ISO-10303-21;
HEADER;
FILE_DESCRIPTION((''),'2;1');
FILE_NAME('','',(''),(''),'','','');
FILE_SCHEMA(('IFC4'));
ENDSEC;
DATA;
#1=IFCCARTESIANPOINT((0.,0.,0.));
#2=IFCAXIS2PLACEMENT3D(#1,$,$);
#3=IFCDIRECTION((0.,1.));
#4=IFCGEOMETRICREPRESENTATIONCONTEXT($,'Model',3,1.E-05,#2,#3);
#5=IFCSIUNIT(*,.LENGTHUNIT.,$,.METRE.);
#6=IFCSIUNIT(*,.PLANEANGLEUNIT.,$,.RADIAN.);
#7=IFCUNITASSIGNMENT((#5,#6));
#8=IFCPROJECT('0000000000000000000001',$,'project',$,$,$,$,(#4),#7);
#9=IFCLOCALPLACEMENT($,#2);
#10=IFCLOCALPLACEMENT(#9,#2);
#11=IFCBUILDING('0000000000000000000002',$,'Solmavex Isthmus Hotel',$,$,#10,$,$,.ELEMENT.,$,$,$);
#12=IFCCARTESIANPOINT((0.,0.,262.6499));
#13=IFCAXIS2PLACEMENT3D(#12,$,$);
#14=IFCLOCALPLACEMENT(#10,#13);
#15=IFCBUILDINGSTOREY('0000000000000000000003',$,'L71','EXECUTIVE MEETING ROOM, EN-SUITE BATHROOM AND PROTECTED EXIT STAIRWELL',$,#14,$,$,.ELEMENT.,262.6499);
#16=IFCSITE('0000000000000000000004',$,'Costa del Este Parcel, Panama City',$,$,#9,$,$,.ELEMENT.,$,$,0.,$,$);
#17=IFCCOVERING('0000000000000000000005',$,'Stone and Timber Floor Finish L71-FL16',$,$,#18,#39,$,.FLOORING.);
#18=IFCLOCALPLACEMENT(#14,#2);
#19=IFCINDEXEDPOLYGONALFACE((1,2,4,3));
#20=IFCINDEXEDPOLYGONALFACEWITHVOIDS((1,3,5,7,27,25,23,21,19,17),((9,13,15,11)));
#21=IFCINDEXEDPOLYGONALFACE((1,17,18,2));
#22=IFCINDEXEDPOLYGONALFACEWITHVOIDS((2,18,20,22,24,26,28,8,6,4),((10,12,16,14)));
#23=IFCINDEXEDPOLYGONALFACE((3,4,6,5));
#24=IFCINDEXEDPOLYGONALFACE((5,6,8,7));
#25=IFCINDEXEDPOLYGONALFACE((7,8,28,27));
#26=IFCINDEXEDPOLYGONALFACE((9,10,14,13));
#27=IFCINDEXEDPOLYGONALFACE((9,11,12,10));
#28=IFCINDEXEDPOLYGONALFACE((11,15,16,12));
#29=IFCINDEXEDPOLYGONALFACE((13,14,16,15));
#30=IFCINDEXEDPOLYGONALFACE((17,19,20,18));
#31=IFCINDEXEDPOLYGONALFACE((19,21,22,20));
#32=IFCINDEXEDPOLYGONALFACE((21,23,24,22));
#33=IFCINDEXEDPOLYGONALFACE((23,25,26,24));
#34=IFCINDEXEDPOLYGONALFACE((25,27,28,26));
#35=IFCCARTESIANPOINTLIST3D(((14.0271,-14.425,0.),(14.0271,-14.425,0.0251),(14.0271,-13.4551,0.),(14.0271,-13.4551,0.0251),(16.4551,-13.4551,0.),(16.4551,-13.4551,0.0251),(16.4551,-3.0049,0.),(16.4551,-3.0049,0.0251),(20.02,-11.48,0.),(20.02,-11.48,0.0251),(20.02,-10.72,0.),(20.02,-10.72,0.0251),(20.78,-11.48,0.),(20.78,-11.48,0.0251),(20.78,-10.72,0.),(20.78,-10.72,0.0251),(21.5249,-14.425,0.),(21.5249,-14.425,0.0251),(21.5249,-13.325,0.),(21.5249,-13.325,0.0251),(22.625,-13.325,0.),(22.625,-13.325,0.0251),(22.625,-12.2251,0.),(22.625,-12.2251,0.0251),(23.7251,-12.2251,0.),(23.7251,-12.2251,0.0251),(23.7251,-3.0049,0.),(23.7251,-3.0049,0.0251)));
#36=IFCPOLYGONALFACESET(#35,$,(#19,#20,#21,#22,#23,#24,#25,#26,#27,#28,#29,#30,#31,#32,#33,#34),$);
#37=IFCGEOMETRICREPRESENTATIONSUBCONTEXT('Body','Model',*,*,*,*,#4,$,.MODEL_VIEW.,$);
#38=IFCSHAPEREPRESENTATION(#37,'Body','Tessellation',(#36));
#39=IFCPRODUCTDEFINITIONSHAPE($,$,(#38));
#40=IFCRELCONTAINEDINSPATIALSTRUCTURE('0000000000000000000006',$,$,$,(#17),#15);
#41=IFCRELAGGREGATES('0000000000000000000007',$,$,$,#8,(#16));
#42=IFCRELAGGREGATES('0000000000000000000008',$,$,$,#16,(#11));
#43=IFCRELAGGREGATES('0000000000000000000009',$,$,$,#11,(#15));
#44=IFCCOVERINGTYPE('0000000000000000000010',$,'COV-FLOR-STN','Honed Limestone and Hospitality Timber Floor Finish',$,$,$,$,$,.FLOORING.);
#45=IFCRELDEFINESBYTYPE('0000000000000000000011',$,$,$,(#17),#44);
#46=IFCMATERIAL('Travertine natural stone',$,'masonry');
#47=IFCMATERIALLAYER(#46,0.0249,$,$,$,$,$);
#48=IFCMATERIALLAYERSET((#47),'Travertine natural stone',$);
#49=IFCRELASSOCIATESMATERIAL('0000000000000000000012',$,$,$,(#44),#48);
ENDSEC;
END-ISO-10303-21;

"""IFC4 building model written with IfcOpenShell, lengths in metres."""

from ifc_helpers import new_model, si_unit, direction, frame, origin, place, context, subcontext, project, spatial, polyline, outline, extrude, material, layer, layer_set, type_object, element, save


model = new_model("IFC4")

# Units and contexts
model_context = context("Model", 3, precision=1e-05, world=origin(), true_north=direction((0.0, 1.0)))
body_context = subcontext(model_context, "Body", "Model", "MODEL_VIEW")
ifc_project = project(units=[si_unit("LENGTHUNIT", "METRE"), si_unit("PLANEANGLEUNIT", "RADIAN")], contexts=[model_context])

# Site, building, storey
site_placement = place(None, origin())
site = spatial("IfcSite", under=ifc_project, at=site_placement, Name="Costa del Este Parcel, Panama City", CompositionType="ELEMENT", RefElevation=0.0)
building_placement = place(site_placement, origin())
building = spatial("IfcBuilding", under=site, at=building_placement, Name="Solmavex Isthmus Hotel", CompositionType="ELEMENT")
storey_placement = place(building_placement, frame((0.0, 0.0, 262.6499)))
storey = spatial("IfcBuildingStorey", under=building, at=storey_placement, Name="L71", Description="EXECUTIVE MEETING ROOM, EN-SUITE BATHROOM AND PROTECTED EXIT STAIRWELL", CompositionType="ELEMENT", Elevation=262.6499)

# Covering
ifc_material_1 = material(Name="Travertine natural stone", Category="masonry")
ifc_layer_1 = layer(ifc_material_1, 0.0249)
ifc_layer_set_1 = layer_set([ifc_layer_1], Name="Travertine natural stone")
covering_type_1 = type_object("IfcCoveringType", Name="COV-FLOR-STN", Description="Honed Limestone and Hospitality Timber Floor Finish", PredefinedType="FLOORING", material=ifc_layer_set_1)
covering_1_placement = place(storey_placement, origin())
element("IfcCovering", 1, at=covering_1_placement, inside=storey, type_object=covering_type_1, Name="Stone and Timber Floor Finish L71-FL16", PredefinedType="FLOORING", context=body_context, shape_type="SweptSolid", body=[
    extrude(outline(polyline([(16.4551, -3.0049), (16.4551, -13.4551), (14.0271, -13.4551), (14.0271, -14.425), (21.5249, -14.425), (21.5249, -13.325), (22.625, -13.325), (22.625, -12.2251), (23.7251, -12.2251), (23.7251, -3.0049), (16.4551, -3.0049)]), holes=[polyline([(20.02, -11.48), (20.02, -10.72), (20.78, -10.72), (20.78, -11.48), (20.02, -11.48)])]), origin(), (0.0, 0.0, 1.0), 0.0251),
])

save(model, "model.ifc")
